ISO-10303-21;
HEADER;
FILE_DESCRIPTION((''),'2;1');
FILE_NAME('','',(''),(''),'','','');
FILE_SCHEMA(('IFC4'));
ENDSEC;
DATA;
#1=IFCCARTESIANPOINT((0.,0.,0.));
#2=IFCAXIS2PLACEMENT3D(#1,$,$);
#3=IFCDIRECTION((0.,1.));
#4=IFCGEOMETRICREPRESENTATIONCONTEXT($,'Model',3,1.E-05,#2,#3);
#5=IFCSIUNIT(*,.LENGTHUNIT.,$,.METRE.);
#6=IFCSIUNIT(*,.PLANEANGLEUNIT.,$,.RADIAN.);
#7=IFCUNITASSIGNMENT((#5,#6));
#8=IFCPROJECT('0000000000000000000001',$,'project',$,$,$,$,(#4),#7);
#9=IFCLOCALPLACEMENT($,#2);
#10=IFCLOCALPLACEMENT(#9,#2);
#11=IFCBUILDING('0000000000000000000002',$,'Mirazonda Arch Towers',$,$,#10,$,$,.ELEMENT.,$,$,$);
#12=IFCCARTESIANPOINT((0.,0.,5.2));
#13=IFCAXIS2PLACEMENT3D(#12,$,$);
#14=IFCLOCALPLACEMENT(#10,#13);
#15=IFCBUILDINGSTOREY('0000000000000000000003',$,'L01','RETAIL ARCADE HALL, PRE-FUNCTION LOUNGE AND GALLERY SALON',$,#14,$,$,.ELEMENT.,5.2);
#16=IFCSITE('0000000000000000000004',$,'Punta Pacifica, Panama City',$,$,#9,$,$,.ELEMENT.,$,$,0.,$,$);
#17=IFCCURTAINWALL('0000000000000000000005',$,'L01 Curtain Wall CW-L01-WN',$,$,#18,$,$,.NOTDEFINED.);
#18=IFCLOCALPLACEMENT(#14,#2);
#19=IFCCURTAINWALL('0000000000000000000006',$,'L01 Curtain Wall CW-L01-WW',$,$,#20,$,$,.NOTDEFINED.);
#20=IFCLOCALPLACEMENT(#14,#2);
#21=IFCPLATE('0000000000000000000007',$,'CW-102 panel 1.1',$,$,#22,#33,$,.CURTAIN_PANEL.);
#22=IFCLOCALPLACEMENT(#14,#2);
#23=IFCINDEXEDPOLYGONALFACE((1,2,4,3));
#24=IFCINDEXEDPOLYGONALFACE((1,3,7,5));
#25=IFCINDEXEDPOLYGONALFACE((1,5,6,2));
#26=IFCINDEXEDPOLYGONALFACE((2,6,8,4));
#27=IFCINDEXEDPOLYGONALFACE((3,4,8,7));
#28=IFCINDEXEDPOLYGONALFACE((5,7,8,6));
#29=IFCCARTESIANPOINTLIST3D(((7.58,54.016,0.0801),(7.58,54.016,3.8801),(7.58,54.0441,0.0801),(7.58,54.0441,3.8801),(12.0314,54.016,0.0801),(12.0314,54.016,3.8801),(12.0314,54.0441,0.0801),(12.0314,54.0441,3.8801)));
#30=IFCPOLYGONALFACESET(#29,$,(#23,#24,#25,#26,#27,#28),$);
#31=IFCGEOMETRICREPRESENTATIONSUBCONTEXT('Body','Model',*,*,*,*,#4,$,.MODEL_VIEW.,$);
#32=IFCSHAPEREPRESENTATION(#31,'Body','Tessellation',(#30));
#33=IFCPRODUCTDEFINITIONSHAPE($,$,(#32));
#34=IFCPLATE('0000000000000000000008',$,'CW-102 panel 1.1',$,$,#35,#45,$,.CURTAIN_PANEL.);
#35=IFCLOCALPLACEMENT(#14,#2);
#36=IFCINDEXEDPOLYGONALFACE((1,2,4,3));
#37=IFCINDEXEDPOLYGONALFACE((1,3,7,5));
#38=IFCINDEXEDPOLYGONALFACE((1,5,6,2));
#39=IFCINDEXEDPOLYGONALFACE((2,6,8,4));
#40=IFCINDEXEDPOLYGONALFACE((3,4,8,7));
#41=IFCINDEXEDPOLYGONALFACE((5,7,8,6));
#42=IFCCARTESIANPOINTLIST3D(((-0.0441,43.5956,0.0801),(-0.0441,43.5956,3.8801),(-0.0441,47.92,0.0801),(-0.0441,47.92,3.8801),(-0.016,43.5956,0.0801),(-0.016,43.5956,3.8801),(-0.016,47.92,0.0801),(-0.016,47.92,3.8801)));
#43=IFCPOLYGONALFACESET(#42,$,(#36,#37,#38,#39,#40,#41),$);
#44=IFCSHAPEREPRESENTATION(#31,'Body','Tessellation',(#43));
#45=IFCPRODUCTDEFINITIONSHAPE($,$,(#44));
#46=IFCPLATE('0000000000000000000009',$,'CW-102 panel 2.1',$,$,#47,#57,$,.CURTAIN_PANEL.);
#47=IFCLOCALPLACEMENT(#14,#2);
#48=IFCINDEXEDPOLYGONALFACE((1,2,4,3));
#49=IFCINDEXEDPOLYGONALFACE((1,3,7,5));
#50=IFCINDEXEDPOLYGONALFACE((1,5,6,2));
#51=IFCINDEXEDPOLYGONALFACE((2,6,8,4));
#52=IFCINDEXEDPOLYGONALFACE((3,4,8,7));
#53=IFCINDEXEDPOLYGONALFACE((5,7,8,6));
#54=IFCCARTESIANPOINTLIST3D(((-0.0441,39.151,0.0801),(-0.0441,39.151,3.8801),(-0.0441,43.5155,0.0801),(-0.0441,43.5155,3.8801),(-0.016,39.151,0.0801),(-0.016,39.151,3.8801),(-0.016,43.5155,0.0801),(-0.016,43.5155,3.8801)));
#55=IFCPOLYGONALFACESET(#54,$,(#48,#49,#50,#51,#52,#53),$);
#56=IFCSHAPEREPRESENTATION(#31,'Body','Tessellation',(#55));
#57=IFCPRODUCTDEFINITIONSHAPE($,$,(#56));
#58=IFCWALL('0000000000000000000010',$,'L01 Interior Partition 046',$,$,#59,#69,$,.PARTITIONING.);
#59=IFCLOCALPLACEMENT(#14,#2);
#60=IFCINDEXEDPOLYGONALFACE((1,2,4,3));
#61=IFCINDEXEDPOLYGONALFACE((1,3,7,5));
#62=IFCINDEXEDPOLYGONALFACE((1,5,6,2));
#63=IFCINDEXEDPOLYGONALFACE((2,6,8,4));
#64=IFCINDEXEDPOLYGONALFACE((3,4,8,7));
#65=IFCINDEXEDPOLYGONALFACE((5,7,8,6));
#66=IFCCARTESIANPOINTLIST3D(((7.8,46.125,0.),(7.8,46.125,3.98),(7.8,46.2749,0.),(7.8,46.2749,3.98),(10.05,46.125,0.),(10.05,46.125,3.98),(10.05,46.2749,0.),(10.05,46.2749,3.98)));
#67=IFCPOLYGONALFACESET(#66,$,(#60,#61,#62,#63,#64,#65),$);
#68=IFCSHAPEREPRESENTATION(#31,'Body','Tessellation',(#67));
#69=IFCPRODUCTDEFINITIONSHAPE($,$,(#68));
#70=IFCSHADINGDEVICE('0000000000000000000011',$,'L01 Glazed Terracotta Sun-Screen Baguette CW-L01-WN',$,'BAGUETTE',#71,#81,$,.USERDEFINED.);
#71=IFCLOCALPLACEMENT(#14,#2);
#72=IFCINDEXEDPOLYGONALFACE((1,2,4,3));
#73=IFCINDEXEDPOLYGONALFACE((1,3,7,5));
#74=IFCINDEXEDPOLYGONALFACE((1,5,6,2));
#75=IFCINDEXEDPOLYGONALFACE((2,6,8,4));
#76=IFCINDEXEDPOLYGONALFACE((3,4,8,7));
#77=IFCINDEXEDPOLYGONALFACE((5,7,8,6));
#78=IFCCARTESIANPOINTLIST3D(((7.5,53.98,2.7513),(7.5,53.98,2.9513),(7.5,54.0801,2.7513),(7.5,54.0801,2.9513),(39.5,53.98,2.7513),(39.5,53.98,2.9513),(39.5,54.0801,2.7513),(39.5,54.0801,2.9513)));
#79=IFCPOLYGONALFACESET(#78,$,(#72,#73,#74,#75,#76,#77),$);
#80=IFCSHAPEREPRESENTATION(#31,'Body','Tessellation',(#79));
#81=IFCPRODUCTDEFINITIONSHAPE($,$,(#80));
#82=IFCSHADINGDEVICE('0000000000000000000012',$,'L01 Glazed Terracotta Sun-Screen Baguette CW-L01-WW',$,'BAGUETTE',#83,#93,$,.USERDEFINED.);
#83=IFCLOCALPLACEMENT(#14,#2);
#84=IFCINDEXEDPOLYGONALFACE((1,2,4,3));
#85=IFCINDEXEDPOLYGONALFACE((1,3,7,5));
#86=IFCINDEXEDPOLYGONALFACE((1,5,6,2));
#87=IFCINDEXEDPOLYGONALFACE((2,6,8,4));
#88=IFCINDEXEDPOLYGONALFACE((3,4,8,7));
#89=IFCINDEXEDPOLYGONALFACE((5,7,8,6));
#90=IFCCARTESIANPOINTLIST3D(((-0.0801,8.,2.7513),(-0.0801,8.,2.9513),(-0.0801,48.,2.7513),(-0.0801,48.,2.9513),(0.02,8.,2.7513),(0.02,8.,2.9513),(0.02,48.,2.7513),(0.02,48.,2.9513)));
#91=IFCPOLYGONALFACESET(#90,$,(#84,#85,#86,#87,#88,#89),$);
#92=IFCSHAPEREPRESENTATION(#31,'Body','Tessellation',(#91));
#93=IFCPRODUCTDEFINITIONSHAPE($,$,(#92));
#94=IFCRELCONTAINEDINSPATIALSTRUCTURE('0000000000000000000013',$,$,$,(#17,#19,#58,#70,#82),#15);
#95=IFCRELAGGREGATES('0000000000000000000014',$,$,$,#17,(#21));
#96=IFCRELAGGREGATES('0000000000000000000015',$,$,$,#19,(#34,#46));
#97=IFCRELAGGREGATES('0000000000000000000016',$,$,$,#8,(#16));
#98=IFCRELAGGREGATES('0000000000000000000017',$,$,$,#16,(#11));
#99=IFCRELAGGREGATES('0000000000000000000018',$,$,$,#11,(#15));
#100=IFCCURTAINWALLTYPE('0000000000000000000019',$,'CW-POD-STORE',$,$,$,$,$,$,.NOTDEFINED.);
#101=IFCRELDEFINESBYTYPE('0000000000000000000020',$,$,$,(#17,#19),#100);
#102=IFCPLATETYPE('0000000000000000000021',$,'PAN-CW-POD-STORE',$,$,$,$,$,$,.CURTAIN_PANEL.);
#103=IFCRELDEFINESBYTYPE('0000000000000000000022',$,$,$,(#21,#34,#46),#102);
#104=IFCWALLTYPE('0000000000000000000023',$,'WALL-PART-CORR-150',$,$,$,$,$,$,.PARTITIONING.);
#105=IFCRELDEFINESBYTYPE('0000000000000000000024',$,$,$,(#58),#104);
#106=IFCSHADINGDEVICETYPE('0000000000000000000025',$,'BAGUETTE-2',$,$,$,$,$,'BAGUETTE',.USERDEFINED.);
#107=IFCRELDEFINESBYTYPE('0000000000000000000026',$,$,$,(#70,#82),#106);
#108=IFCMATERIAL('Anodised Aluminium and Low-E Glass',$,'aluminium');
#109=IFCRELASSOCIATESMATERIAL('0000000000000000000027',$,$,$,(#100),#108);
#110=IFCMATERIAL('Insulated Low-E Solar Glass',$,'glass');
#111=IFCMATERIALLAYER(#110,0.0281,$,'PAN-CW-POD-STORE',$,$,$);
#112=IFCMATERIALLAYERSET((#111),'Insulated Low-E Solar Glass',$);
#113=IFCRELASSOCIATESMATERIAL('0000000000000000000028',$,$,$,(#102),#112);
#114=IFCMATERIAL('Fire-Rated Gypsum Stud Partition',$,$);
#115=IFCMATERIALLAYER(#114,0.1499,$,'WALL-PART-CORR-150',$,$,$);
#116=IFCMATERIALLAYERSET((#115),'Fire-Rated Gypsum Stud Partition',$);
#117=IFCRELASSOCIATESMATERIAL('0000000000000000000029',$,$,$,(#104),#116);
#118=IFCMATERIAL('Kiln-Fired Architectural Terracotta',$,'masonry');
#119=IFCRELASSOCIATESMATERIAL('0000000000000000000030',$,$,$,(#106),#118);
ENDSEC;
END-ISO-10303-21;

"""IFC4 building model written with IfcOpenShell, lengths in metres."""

from ifc_helpers import new_model, si_unit, direction, frame, frame_2d, origin, origin_2d, place, context, subcontext, project, spatial, rectangle, extrude, material, layer, layer_set, material_profile, profile_set, type_object, element, aggregate, save


model = new_model("IFC4")

# Units and contexts
model_context = context("Model", 3, precision=1e-05, world=origin(), true_north=direction((0.0, 1.0)))
body_context = subcontext(model_context, "Body", "Model", "MODEL_VIEW")
ifc_project = project(units=[si_unit("LENGTHUNIT", "METRE"), si_unit("PLANEANGLEUNIT", "RADIAN")], contexts=[model_context])

# Site, building, storey
site_placement = place(None, origin())
site = spatial("IfcSite", under=ifc_project, at=site_placement, Name="Punta Pacifica, Panama City", CompositionType="ELEMENT", RefElevation=0.0)
building_placement = place(site_placement, origin())
building = spatial("IfcBuilding", under=site, at=building_placement, Name="Mirazonda Arch Towers", CompositionType="ELEMENT")
storey_placement = place(building_placement, frame((0.0, 0.0, 5.2)))
storey = spatial("IfcBuildingStorey", under=building, at=storey_placement, Name="L01", Description="RETAIL ARCADE HALL, PRE-FUNCTION LOUNGE AND GALLERY SALON", CompositionType="ELEMENT", Elevation=5.2)

# Curtain wall
ifc_material_1 = material(Name="Anodised Aluminium and Low-E Glass", Category="aluminium")
curtain_wall_type = type_object("IfcCurtainWallType", Name="CW-POD-STORE", PredefinedType="NOTDEFINED", material=ifc_material_1)
curtain_wall_1_placement = place(storey_placement, origin())
curtain_wall_1 = element("IfcCurtainWall", 1, at=curtain_wall_1_placement, inside=storey, type_object=curtain_wall_type, Name="L01 Curtain Wall CW-L01-WN", PredefinedType="NOTDEFINED")

# Curtain wall
curtain_wall_2_placement = place(storey_placement, origin())
curtain_wall_2 = element("IfcCurtainWall", 2, at=curtain_wall_2_placement, inside=storey, type_object=curtain_wall_type, Name="L01 Curtain Wall CW-L01-WW", PredefinedType="NOTDEFINED")

# Plates
ifc_material_2 = material(Name="Insulated Low-E Solar Glass", Category="glass")
ifc_layer_1 = layer(ifc_material_2, 0.0281, Name="PAN-CW-POD-STORE")
ifc_layer_set_1 = layer_set([ifc_layer_1], Name="Insulated Low-E Solar Glass")
plate_type = type_object("IfcPlateType", Name="PAN-CW-POD-STORE", PredefinedType="CURTAIN_PANEL", material=ifc_layer_set_1)
plate_1_placement = place(storey_placement, frame((9.8057, 54.03, 0.0801), z_axis=(0.0, 0.0, 1.0), x_axis=(1.0, 0.0, 0.0)))
plate_1 = element("IfcPlate", 3, at=plate_1_placement, type_object=plate_type, Name="CW-102 panel 1.1", PredefinedType="CURTAIN_PANEL", context=body_context, shape_type="SweptSolid", body=[
    extrude(rectangle(XDim=4.4514, YDim=0.0281, at=origin_2d()), origin(), (0.0, 0.0, 1.0), 3.8),
])
aggregate(curtain_wall_1, [plate_1])
plate_2_placement = place(storey_placement, frame((-0.03, 45.7578, 0.0801), z_axis=(0.0, 0.0, 1.0), x_axis=(0.0, -1.0, 0.0)))
plate_2 = element("IfcPlate", 4, at=plate_2_placement, type_object=plate_type, Name="CW-102 panel 1.1", PredefinedType="CURTAIN_PANEL", context=body_context, shape_type="SweptSolid", body=[
    extrude(rectangle(XDim=4.3245, YDim=0.0281, at=origin_2d()), origin(), (0.0, 0.0, 1.0), 3.8),
])
plate_3_placement = place(storey_placement, frame((-0.03, 41.3333, 0.0801), z_axis=(0.0, 0.0, 1.0), x_axis=(0.0, -1.0, 0.0)))
plate_3 = element("IfcPlate", 5, at=plate_3_placement, type_object=plate_type, Name="CW-102 panel 2.1", PredefinedType="CURTAIN_PANEL", context=body_context, shape_type="SweptSolid", body=[
    extrude(rectangle(XDim=4.3645, YDim=0.0281, at=origin_2d()), origin(), (0.0, 0.0, 1.0), 3.8),
])
aggregate(curtain_wall_2, [plate_2, plate_3])

# Wall
ifc_material_3 = material(Name="Fire-Rated Gypsum Stud Partition")
ifc_layer_2 = layer(ifc_material_3, 0.1499, Name="WALL-PART-CORR-150")
ifc_layer_set_2 = layer_set([ifc_layer_2], Name="Fire-Rated Gypsum Stud Partition")
wall_type = type_object("IfcWallType", Name="WALL-PART-CORR-150", PredefinedType="PARTITIONING", material=ifc_layer_set_2)
wall_placement = place(storey_placement, frame((7.8, 46.2, 0.0), z_axis=(0.0, 0.0, 1.0), x_axis=(1.0, 0.0, 0.0)))
element("IfcWall", 6, at=wall_placement, inside=storey, type_object=wall_type, Name="L01 Interior Partition 046", PredefinedType="PARTITIONING", context=body_context, shape_type="SweptSolid", body=[
    extrude(rectangle(XDim=2.25, YDim=0.1499, at=frame_2d((1.125, 0.0))), origin(), (0.0, 0.0, 1.0), 3.98),
])

# Shading devices
ifc_material_4 = material(Name="Kiln-Fired Architectural Terracotta", Category="masonry")
ifc_material_profile_1 = material_profile(ifc_material_4, rectangle(XDim=0.1001, YDim=0.2, at=origin_2d()), Name="TERRA-BAG-100x200")
ifc_profile_set_1 = profile_set([ifc_material_profile_1], Name="Kiln-Fired Architectural Terracotta")
shading_device_type = type_object("IfcShadingDeviceType", Name="BAGUETTE-2", ElementType="BAGUETTE", PredefinedType="USERDEFINED", material=ifc_profile_set_1)
shading_device_1_placement = place(storey_placement, frame((7.5, 54.03, 2.8513), z_axis=(1.0, 0.0, 0.0), x_axis=(0.0, 1.0, 0.0)))
element("IfcShadingDevice", 7, at=shading_device_1_placement, inside=storey, type_object=shading_device_type, Name="L01 Glazed Terracotta Sun-Screen Baguette CW-L01-WN", ObjectType="BAGUETTE", PredefinedType="USERDEFINED", context=body_context, shape_type="SweptSolid", body=[
    extrude(rectangle(XDim=0.1001, YDim=0.2, at=origin_2d()), origin(), (0.0, 0.0, 1.0), 32.0),
])
shading_device_2_placement = place(storey_placement, frame((-0.03, 48.0, 2.8513), z_axis=(0.0, -1.0, 0.0), x_axis=(1.0, 0.0, 0.0)))
element("IfcShadingDevice", 8, at=shading_device_2_placement, inside=storey, type_object=shading_device_type, Name="L01 Glazed Terracotta Sun-Screen Baguette CW-L01-WW", ObjectType="BAGUETTE", PredefinedType="USERDEFINED", context=body_context, shape_type="SweptSolid", body=[
    extrude(rectangle(XDim=0.1001, YDim=0.2, at=origin_2d()), origin(), (0.0, 0.0, 1.0), 40.0),
])

save(model, "model.ifc")
